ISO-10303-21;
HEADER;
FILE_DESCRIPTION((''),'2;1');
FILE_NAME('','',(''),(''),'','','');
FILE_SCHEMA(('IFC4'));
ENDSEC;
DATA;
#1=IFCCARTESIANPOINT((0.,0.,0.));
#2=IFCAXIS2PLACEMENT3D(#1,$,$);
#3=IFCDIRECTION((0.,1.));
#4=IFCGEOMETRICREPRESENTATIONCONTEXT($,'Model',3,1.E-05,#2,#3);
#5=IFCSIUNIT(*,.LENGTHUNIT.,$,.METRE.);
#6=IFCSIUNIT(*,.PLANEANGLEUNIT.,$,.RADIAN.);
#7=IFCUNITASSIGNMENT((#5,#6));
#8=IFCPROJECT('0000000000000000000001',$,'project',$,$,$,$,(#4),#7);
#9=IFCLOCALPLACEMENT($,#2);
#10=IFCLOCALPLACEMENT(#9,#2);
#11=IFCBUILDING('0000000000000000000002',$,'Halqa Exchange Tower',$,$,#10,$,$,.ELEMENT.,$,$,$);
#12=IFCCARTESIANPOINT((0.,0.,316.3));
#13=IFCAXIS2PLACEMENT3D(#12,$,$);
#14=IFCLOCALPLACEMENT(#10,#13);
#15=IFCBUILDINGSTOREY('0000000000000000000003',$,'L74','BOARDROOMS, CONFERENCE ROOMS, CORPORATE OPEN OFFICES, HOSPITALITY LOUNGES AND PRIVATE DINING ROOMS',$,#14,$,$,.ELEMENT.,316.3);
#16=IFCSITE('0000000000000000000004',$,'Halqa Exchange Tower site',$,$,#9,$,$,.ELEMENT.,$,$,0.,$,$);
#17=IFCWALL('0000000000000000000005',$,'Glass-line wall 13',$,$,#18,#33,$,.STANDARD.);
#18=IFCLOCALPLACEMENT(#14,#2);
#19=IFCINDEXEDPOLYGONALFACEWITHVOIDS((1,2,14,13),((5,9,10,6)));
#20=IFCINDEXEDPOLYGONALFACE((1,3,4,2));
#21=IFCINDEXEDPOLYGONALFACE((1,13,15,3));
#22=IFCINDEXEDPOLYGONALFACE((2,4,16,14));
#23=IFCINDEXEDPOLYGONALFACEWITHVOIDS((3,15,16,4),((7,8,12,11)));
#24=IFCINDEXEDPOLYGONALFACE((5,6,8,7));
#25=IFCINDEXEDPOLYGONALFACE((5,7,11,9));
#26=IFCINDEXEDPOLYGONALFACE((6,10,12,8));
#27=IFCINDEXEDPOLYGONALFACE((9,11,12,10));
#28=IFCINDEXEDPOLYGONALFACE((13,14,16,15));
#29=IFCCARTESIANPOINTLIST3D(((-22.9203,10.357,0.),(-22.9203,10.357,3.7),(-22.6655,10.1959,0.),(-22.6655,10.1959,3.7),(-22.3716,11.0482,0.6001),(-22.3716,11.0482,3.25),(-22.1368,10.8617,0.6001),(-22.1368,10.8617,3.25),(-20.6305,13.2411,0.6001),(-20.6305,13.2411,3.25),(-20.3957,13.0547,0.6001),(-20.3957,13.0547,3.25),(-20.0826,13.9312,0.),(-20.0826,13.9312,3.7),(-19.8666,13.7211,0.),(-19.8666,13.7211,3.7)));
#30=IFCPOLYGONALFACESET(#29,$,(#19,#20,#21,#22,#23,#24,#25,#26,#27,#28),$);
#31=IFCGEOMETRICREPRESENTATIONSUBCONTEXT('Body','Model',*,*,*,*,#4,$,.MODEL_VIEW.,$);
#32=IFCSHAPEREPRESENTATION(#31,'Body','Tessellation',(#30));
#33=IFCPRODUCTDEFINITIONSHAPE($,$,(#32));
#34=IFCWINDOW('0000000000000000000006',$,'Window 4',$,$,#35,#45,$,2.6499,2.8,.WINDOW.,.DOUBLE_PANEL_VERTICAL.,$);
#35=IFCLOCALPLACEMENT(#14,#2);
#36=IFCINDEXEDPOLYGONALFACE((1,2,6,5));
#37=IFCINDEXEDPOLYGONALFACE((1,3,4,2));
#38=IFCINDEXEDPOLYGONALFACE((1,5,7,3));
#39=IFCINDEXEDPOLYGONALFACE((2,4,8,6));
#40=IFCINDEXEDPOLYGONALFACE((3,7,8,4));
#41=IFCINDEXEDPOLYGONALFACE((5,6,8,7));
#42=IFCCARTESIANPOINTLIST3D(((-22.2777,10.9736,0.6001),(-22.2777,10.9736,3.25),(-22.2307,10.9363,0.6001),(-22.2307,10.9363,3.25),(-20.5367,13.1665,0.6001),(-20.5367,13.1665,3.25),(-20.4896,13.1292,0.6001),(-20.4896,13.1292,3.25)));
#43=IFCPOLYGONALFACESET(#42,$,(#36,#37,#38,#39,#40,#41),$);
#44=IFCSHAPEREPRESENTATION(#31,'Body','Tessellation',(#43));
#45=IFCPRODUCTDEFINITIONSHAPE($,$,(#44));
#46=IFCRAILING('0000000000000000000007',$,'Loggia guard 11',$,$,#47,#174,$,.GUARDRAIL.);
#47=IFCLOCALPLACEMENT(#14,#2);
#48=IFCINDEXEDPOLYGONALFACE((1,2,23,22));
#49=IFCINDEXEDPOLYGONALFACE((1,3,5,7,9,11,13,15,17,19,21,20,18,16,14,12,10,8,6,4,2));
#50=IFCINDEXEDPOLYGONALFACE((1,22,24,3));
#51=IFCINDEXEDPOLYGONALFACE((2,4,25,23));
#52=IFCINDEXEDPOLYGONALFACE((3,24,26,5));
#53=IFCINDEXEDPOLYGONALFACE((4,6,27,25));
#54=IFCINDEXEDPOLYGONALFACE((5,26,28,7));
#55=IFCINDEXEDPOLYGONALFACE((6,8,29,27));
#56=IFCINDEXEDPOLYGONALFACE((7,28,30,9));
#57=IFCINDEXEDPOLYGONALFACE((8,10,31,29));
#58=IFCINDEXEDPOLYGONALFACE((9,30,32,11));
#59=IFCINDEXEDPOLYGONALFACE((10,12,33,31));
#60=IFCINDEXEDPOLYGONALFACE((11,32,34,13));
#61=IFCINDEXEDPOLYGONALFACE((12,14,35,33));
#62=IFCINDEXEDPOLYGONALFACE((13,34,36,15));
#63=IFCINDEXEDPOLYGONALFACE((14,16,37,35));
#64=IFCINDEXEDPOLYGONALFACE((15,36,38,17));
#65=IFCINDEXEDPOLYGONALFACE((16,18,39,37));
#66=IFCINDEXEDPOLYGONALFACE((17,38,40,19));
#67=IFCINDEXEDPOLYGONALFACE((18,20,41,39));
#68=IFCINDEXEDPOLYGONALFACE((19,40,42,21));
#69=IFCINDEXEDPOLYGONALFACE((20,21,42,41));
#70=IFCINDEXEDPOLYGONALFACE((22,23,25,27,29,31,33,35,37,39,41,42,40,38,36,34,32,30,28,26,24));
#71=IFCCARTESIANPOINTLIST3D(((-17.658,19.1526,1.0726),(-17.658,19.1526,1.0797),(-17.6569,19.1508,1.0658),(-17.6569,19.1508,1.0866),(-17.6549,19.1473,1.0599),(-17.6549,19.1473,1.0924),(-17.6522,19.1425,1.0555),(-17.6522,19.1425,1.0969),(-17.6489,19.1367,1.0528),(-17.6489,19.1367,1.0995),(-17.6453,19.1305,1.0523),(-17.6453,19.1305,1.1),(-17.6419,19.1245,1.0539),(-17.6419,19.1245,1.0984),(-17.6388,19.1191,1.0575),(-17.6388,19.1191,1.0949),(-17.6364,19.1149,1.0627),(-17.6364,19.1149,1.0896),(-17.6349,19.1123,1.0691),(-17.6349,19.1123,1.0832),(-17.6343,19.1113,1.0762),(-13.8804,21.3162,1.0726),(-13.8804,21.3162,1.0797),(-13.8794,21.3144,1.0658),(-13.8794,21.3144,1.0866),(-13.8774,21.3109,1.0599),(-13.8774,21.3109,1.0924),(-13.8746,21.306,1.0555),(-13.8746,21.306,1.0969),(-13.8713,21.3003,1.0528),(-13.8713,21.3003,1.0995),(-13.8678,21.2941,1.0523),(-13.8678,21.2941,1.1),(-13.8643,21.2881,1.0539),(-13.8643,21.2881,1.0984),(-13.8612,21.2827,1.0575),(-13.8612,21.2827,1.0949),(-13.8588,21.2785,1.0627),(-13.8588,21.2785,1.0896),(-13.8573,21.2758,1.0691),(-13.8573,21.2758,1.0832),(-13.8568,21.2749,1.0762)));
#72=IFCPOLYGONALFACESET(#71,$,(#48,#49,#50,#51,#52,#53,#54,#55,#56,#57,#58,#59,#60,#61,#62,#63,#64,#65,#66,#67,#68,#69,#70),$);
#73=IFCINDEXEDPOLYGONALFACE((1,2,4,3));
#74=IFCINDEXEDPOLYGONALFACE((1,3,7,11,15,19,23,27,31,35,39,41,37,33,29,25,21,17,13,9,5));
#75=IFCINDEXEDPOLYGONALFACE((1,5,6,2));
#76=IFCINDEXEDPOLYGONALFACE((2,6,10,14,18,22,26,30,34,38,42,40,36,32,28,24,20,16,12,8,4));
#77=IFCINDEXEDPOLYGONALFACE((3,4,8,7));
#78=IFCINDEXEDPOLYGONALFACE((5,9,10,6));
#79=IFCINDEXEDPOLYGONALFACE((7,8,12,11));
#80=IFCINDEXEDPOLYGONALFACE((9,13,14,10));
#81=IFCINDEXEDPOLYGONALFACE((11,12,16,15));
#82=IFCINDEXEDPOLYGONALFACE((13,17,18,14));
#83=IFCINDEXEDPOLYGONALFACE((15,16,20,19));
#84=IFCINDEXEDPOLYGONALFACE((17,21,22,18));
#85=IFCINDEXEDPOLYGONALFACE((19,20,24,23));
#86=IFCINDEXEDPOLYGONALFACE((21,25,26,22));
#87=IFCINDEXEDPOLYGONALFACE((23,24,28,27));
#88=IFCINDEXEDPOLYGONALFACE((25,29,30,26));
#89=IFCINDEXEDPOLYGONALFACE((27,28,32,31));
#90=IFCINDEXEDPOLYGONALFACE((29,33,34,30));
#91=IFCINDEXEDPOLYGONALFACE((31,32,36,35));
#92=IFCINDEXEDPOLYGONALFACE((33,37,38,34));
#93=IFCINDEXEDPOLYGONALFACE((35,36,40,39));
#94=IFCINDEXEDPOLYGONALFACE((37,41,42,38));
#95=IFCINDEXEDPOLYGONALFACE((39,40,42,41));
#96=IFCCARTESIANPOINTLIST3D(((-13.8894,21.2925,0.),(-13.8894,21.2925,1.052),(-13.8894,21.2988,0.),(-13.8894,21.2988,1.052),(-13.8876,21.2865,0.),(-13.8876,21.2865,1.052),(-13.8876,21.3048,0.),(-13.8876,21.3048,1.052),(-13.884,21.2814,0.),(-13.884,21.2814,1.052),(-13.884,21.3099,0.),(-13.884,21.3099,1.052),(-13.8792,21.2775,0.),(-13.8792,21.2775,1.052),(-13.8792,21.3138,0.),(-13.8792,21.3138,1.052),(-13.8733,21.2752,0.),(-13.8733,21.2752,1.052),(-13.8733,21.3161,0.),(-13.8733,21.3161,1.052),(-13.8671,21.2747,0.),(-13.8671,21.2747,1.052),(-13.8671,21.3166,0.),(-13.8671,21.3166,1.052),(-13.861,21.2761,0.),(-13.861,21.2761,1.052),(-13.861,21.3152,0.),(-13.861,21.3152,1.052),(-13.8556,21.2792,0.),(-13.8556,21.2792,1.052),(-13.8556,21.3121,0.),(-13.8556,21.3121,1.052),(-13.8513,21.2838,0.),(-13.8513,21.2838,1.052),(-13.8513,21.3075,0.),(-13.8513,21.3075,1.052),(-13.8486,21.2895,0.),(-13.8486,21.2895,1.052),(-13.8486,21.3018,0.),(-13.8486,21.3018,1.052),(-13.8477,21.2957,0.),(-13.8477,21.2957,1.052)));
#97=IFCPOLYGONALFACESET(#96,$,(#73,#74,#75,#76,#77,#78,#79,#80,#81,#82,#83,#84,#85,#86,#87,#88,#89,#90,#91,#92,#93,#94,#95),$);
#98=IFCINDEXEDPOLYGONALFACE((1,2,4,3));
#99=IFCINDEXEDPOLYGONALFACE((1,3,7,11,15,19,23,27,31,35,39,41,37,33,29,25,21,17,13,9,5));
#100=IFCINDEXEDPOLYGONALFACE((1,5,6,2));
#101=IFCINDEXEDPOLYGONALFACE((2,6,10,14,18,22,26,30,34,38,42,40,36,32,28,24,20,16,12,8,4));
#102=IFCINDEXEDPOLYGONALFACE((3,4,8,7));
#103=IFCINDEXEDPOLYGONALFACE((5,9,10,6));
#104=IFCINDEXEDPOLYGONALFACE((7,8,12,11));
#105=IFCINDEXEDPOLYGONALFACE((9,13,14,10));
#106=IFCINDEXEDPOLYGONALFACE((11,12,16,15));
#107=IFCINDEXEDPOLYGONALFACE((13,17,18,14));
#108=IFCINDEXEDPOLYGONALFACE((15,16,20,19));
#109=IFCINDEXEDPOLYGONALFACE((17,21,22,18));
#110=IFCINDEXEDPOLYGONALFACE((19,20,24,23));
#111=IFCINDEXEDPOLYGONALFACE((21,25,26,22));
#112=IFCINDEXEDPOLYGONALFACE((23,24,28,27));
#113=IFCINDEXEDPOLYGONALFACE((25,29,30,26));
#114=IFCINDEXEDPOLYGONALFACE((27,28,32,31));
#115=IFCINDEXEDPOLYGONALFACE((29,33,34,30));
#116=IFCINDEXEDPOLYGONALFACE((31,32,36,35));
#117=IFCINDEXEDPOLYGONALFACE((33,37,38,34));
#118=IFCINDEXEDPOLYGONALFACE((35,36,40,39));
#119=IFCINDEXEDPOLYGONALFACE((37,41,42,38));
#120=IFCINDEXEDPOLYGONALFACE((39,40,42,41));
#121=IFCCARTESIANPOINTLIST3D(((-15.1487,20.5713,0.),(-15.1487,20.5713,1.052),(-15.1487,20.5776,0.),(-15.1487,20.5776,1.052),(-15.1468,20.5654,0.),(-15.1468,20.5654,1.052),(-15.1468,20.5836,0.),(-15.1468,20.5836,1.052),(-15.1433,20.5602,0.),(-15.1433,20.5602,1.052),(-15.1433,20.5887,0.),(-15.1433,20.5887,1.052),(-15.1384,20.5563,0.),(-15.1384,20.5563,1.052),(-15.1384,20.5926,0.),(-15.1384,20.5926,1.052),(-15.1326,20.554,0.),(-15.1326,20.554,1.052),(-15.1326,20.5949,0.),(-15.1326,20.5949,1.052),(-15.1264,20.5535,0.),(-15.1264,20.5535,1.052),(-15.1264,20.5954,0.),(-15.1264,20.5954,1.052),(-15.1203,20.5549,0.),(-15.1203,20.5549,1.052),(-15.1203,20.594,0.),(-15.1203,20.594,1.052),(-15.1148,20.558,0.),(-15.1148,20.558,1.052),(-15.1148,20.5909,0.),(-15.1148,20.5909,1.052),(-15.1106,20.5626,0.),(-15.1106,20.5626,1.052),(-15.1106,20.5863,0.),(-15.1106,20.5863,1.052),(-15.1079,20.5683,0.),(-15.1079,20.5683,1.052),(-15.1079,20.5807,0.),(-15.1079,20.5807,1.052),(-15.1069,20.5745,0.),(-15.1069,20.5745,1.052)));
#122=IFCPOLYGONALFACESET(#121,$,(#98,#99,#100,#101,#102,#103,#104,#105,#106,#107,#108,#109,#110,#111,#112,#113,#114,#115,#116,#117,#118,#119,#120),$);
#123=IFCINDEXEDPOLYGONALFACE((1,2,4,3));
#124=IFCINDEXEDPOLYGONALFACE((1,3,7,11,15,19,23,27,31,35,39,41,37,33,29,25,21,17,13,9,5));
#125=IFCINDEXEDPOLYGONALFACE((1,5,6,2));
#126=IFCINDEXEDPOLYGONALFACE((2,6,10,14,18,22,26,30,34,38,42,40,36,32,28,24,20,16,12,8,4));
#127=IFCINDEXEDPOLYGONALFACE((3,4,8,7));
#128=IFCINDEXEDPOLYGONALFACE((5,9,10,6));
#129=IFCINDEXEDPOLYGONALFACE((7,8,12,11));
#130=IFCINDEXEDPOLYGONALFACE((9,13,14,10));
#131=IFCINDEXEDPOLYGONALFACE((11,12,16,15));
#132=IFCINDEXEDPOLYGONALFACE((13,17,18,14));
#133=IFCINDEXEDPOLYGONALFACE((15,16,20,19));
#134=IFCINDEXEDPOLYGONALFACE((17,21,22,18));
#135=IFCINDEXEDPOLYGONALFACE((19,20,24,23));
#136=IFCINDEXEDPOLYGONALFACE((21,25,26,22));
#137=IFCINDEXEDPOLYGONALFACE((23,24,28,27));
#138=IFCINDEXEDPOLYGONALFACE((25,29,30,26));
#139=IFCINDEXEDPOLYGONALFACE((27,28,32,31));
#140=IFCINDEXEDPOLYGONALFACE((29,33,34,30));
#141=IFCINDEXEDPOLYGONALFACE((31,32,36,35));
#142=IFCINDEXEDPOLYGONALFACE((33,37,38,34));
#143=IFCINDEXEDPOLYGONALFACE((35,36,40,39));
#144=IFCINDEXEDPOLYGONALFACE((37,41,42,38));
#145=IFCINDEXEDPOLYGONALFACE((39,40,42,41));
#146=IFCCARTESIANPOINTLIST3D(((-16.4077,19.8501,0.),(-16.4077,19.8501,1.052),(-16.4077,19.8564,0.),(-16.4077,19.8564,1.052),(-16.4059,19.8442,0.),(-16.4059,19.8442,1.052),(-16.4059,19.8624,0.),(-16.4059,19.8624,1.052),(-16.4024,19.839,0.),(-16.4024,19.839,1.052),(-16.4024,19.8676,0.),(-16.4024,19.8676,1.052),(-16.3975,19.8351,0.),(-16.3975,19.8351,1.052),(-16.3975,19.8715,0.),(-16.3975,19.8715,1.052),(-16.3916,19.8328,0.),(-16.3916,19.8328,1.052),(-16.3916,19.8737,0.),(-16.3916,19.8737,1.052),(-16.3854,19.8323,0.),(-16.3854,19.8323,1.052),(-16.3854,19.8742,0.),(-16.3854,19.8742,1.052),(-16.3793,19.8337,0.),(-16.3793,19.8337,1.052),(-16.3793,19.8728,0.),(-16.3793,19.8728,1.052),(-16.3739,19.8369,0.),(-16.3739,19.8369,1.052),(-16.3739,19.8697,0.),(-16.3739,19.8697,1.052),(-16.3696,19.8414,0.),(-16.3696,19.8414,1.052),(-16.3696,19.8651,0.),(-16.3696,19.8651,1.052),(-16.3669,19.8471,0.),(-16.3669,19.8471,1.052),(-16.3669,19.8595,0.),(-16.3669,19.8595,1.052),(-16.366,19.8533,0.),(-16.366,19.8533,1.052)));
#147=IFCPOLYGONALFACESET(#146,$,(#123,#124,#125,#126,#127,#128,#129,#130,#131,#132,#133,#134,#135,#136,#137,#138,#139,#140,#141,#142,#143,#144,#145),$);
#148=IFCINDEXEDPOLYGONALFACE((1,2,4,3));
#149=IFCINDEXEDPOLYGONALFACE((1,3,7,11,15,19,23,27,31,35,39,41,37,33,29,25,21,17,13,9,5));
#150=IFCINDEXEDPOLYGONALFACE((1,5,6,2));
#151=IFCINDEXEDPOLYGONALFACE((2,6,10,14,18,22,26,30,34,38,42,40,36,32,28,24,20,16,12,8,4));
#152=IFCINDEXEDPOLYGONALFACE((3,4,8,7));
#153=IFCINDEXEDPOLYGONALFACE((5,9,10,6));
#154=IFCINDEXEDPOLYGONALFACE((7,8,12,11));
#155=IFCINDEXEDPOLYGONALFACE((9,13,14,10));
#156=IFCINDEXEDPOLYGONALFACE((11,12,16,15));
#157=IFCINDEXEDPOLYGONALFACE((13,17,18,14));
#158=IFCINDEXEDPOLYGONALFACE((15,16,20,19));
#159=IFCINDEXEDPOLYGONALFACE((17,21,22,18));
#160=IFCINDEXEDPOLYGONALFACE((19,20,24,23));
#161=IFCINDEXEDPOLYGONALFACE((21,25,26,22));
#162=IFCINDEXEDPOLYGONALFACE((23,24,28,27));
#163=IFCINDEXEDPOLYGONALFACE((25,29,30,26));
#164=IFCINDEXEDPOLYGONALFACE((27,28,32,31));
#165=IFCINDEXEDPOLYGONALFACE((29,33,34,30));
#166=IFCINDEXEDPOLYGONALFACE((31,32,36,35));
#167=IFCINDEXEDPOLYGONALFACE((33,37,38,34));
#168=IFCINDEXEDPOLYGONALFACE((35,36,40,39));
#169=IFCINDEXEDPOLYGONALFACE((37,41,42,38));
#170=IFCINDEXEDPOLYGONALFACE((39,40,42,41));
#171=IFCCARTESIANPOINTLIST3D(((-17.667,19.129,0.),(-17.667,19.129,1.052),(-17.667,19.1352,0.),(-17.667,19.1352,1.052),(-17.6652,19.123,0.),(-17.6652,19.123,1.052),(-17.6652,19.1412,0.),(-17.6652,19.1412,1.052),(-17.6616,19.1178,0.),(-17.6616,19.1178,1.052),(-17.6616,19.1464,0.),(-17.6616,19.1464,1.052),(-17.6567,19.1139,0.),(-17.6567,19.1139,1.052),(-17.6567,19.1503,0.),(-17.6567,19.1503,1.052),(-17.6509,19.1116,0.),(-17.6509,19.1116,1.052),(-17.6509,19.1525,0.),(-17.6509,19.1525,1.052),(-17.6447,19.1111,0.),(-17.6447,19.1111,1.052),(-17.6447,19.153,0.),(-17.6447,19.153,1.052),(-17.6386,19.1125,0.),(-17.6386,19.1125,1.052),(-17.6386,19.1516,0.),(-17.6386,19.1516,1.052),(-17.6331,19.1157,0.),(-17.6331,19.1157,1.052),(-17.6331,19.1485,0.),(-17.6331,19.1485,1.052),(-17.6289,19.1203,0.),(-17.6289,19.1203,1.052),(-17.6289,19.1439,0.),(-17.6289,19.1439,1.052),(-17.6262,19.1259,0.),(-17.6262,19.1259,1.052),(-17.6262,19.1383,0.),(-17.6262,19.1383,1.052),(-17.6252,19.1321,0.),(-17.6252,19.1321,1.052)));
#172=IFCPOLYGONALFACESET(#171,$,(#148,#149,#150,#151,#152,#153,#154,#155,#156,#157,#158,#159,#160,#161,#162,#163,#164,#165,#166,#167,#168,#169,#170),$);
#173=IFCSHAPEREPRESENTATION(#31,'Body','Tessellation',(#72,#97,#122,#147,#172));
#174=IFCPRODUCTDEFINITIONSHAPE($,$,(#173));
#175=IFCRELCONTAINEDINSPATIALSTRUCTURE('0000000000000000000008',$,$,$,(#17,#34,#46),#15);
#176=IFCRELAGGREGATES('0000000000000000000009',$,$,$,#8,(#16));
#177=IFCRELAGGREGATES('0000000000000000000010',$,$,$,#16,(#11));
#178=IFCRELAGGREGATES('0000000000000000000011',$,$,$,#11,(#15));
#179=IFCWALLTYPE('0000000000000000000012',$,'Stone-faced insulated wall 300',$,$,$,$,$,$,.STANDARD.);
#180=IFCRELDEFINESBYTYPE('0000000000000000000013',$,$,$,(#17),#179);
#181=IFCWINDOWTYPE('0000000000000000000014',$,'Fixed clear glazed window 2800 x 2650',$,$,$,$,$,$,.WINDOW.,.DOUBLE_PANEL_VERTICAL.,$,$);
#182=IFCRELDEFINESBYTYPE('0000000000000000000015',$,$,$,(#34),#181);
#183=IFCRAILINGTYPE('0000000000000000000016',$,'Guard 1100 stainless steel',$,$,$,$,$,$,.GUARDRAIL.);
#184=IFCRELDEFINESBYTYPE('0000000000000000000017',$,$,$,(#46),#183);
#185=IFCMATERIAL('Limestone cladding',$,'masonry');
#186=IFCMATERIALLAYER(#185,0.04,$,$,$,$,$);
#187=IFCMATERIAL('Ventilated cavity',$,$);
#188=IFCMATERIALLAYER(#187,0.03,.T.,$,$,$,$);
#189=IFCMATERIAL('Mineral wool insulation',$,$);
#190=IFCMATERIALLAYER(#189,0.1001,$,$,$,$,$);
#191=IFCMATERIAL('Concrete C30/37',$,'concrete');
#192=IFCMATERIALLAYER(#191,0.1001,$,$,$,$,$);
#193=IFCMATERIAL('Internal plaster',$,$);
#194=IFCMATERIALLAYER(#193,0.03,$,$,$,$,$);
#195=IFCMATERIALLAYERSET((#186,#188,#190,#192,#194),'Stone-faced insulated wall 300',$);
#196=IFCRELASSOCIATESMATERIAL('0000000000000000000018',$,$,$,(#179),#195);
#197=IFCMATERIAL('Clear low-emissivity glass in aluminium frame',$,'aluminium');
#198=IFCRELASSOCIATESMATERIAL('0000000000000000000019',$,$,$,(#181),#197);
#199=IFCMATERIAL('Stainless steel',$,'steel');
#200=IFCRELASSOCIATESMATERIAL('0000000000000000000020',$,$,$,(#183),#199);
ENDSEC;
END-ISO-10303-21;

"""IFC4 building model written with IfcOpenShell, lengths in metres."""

from ifc_helpers import new_model, si_unit, direction, frame, frame_2d, origin, origin_2d, place, context, subcontext, project, spatial, polyline, rectangle, circle, outline, extrude, material, layer, layer_set, type_object, element, fill, save


model = new_model("IFC4")

# Units and contexts
model_context = context("Model", 3, precision=1e-05, world=origin(), true_north=direction((0.0, 1.0)))
body_context = subcontext(model_context, "Body", "Model", "MODEL_VIEW")
ifc_project = project(units=[si_unit("LENGTHUNIT", "METRE"), si_unit("PLANEANGLEUNIT", "RADIAN")], contexts=[model_context])

# Site, building, storey
site_placement = place(None, origin())
site = spatial("IfcSite", under=ifc_project, at=site_placement, Name="Halqa Exchange Tower site", CompositionType="ELEMENT", RefElevation=0.0)
building_placement = place(site_placement, origin())
building = spatial("IfcBuilding", under=site, at=building_placement, Name="Halqa Exchange Tower", CompositionType="ELEMENT")
storey_placement = place(building_placement, frame((0.0, 0.0, 316.3)))
storey = spatial("IfcBuildingStorey", under=building, at=storey_placement, Name="L74", Description="BOARDROOMS, CONFERENCE ROOMS, CORPORATE OPEN OFFICES, HOSPITALITY LOUNGES AND PRIVATE DINING ROOMS", CompositionType="ELEMENT", Elevation=316.3)

# Shared definitions
ifc_material_1 = material(Name="Limestone cladding", Category="masonry")
ifc_layer_1 = layer(ifc_material_1, 0.04)
ifc_material_2 = material(Name="Ventilated cavity")
ifc_layer_2 = layer(ifc_material_2, 0.03, ventilated=True)
ifc_material_3 = material(Name="Mineral wool insulation")
ifc_layer_3 = layer(ifc_material_3, 0.1001)
ifc_material_4 = material(Name="Concrete C30/37", Category="concrete")
ifc_layer_4 = layer(ifc_material_4, 0.1001)
ifc_material_5 = material(Name="Internal plaster")
ifc_layer_5 = layer(ifc_material_5, 0.03)
ifc_layer_set_1 = layer_set([ifc_layer_1, ifc_layer_2, ifc_layer_3, ifc_layer_4, ifc_layer_5], Name="Stone-faced insulated wall 300")
wall_type_1 = type_object("IfcWallType", Name="Stone-faced insulated wall 300", PredefinedType="STANDARD", material=ifc_layer_set_1)
ifc_material_6 = material(Name="Clear low-emissivity glass in aluminium frame", Category="aluminium")
window_type = type_object("IfcWindowType", Name="Fixed clear glazed window 2800 x 2650", PartitioningType="DOUBLE_PANEL_VERTICAL", PredefinedType="WINDOW", material=ifc_material_6)

# Wall, opening, window
wall_1_placement = place(storey_placement, frame((-19.9746, 13.8262, 0.0), z_axis=(0.0, 0.0, 1.0), x_axis=(-0.621801, -0.783176, 0.0)))
wall_1 = element("IfcWall", 1, at=wall_1_placement, inside=storey, type_object=wall_type_1, Name="Glass-line wall 13", PredefinedType="STANDARD", context=body_context, shape_type="SweptSolid", body=[
    extrude(outline(polyline([(-0.0151, -0.1499), (4.5486, -0.1499), (4.5164, 0.1499), (0.0151, 0.1499), (-0.0151, -0.1499)])), origin(), (0.0, 0.0, 1.0), 3.7),
])
opening_1_placement = place(wall_1_placement, frame((0.8662, 0.0, 0.6001)))
opening_1 = element("IfcOpeningElement", 2, at=opening_1_placement, cuts=wall_1, PredefinedType="OPENING", context=body_context, shape_type="SweptSolid", body=[
    extrude(rectangle(XDim=2.8, YDim=2.6499, at=frame_2d((1.3999, 1.325))), frame((0.0, 0.1621, 0.0), z_axis=(0.0, -1.0, 0.0), x_axis=(1.0, 0.0, 0.0)), (0.0, 0.0, 1.0), 0.324),
])
window_1_placement = place(opening_1_placement, origin())
window_1 = element("IfcWindow", 3, at=window_1_placement, inside=storey, type_object=window_type, Name="Window 4", OverallHeight=2.6499, OverallWidth=2.8, PartitioningType="DOUBLE_PANEL_VERTICAL", PredefinedType="WINDOW", context=body_context, shape_type="SweptSolid", body=[
    extrude(rectangle(XDim=2.8, YDim=2.6499, at=frame_2d((1.3999, 1.325))), frame((0.0, 0.03, 0.0), z_axis=(0.0, -1.0, 0.0), x_axis=(1.0, 0.0, 0.0)), (0.0, 0.0, 1.0), 0.0601),
])
fill(opening_1, window_1)

# Railing
ifc_material_7 = material(Name="Stainless steel", Category="steel")
railing_type = type_object("IfcRailingType", Name="Guard 1100 stainless steel", PredefinedType="GUARDRAIL", material=ifc_material_7)
railing_1_placement = place(storey_placement, frame((-13.8687, 21.2957, 0.0)))
element("IfcRailing", 4, at=railing_1_placement, inside=storey, type_object=railing_type, Name="Loggia guard 11", PredefinedType="GUARDRAIL", context=body_context, shape_type="SweptSolid", body=[
    extrude(circle(Radius=0.0239, at=origin_2d()), frame((0.0, 0.0, 1.0762), z_axis=(-0.867753, -0.496996, 0.0), x_axis=(0.496996, -0.867753, 0.0)), (0.0, 0.0, 1.0), 4.3533),
    extrude(circle(Radius=0.021, at=origin_2d()), origin(), (0.0, 0.0, 1.0), 1.052),
    extrude(circle(Radius=0.021, at=origin_2d()), frame((-1.2593, -0.7212, 0.0)), (0.0, 0.0, 1.0), 1.052),
    extrude(circle(Radius=0.021, at=origin_2d()), frame((-2.5183, -1.4424, 0.0)), (0.0, 0.0, 1.0), 1.052),
    extrude(circle(Radius=0.021, at=origin_2d()), frame((-3.7776, -2.1636, 0.0)), (0.0, 0.0, 1.0), 1.052),
])

save(model, "model.ifc")
